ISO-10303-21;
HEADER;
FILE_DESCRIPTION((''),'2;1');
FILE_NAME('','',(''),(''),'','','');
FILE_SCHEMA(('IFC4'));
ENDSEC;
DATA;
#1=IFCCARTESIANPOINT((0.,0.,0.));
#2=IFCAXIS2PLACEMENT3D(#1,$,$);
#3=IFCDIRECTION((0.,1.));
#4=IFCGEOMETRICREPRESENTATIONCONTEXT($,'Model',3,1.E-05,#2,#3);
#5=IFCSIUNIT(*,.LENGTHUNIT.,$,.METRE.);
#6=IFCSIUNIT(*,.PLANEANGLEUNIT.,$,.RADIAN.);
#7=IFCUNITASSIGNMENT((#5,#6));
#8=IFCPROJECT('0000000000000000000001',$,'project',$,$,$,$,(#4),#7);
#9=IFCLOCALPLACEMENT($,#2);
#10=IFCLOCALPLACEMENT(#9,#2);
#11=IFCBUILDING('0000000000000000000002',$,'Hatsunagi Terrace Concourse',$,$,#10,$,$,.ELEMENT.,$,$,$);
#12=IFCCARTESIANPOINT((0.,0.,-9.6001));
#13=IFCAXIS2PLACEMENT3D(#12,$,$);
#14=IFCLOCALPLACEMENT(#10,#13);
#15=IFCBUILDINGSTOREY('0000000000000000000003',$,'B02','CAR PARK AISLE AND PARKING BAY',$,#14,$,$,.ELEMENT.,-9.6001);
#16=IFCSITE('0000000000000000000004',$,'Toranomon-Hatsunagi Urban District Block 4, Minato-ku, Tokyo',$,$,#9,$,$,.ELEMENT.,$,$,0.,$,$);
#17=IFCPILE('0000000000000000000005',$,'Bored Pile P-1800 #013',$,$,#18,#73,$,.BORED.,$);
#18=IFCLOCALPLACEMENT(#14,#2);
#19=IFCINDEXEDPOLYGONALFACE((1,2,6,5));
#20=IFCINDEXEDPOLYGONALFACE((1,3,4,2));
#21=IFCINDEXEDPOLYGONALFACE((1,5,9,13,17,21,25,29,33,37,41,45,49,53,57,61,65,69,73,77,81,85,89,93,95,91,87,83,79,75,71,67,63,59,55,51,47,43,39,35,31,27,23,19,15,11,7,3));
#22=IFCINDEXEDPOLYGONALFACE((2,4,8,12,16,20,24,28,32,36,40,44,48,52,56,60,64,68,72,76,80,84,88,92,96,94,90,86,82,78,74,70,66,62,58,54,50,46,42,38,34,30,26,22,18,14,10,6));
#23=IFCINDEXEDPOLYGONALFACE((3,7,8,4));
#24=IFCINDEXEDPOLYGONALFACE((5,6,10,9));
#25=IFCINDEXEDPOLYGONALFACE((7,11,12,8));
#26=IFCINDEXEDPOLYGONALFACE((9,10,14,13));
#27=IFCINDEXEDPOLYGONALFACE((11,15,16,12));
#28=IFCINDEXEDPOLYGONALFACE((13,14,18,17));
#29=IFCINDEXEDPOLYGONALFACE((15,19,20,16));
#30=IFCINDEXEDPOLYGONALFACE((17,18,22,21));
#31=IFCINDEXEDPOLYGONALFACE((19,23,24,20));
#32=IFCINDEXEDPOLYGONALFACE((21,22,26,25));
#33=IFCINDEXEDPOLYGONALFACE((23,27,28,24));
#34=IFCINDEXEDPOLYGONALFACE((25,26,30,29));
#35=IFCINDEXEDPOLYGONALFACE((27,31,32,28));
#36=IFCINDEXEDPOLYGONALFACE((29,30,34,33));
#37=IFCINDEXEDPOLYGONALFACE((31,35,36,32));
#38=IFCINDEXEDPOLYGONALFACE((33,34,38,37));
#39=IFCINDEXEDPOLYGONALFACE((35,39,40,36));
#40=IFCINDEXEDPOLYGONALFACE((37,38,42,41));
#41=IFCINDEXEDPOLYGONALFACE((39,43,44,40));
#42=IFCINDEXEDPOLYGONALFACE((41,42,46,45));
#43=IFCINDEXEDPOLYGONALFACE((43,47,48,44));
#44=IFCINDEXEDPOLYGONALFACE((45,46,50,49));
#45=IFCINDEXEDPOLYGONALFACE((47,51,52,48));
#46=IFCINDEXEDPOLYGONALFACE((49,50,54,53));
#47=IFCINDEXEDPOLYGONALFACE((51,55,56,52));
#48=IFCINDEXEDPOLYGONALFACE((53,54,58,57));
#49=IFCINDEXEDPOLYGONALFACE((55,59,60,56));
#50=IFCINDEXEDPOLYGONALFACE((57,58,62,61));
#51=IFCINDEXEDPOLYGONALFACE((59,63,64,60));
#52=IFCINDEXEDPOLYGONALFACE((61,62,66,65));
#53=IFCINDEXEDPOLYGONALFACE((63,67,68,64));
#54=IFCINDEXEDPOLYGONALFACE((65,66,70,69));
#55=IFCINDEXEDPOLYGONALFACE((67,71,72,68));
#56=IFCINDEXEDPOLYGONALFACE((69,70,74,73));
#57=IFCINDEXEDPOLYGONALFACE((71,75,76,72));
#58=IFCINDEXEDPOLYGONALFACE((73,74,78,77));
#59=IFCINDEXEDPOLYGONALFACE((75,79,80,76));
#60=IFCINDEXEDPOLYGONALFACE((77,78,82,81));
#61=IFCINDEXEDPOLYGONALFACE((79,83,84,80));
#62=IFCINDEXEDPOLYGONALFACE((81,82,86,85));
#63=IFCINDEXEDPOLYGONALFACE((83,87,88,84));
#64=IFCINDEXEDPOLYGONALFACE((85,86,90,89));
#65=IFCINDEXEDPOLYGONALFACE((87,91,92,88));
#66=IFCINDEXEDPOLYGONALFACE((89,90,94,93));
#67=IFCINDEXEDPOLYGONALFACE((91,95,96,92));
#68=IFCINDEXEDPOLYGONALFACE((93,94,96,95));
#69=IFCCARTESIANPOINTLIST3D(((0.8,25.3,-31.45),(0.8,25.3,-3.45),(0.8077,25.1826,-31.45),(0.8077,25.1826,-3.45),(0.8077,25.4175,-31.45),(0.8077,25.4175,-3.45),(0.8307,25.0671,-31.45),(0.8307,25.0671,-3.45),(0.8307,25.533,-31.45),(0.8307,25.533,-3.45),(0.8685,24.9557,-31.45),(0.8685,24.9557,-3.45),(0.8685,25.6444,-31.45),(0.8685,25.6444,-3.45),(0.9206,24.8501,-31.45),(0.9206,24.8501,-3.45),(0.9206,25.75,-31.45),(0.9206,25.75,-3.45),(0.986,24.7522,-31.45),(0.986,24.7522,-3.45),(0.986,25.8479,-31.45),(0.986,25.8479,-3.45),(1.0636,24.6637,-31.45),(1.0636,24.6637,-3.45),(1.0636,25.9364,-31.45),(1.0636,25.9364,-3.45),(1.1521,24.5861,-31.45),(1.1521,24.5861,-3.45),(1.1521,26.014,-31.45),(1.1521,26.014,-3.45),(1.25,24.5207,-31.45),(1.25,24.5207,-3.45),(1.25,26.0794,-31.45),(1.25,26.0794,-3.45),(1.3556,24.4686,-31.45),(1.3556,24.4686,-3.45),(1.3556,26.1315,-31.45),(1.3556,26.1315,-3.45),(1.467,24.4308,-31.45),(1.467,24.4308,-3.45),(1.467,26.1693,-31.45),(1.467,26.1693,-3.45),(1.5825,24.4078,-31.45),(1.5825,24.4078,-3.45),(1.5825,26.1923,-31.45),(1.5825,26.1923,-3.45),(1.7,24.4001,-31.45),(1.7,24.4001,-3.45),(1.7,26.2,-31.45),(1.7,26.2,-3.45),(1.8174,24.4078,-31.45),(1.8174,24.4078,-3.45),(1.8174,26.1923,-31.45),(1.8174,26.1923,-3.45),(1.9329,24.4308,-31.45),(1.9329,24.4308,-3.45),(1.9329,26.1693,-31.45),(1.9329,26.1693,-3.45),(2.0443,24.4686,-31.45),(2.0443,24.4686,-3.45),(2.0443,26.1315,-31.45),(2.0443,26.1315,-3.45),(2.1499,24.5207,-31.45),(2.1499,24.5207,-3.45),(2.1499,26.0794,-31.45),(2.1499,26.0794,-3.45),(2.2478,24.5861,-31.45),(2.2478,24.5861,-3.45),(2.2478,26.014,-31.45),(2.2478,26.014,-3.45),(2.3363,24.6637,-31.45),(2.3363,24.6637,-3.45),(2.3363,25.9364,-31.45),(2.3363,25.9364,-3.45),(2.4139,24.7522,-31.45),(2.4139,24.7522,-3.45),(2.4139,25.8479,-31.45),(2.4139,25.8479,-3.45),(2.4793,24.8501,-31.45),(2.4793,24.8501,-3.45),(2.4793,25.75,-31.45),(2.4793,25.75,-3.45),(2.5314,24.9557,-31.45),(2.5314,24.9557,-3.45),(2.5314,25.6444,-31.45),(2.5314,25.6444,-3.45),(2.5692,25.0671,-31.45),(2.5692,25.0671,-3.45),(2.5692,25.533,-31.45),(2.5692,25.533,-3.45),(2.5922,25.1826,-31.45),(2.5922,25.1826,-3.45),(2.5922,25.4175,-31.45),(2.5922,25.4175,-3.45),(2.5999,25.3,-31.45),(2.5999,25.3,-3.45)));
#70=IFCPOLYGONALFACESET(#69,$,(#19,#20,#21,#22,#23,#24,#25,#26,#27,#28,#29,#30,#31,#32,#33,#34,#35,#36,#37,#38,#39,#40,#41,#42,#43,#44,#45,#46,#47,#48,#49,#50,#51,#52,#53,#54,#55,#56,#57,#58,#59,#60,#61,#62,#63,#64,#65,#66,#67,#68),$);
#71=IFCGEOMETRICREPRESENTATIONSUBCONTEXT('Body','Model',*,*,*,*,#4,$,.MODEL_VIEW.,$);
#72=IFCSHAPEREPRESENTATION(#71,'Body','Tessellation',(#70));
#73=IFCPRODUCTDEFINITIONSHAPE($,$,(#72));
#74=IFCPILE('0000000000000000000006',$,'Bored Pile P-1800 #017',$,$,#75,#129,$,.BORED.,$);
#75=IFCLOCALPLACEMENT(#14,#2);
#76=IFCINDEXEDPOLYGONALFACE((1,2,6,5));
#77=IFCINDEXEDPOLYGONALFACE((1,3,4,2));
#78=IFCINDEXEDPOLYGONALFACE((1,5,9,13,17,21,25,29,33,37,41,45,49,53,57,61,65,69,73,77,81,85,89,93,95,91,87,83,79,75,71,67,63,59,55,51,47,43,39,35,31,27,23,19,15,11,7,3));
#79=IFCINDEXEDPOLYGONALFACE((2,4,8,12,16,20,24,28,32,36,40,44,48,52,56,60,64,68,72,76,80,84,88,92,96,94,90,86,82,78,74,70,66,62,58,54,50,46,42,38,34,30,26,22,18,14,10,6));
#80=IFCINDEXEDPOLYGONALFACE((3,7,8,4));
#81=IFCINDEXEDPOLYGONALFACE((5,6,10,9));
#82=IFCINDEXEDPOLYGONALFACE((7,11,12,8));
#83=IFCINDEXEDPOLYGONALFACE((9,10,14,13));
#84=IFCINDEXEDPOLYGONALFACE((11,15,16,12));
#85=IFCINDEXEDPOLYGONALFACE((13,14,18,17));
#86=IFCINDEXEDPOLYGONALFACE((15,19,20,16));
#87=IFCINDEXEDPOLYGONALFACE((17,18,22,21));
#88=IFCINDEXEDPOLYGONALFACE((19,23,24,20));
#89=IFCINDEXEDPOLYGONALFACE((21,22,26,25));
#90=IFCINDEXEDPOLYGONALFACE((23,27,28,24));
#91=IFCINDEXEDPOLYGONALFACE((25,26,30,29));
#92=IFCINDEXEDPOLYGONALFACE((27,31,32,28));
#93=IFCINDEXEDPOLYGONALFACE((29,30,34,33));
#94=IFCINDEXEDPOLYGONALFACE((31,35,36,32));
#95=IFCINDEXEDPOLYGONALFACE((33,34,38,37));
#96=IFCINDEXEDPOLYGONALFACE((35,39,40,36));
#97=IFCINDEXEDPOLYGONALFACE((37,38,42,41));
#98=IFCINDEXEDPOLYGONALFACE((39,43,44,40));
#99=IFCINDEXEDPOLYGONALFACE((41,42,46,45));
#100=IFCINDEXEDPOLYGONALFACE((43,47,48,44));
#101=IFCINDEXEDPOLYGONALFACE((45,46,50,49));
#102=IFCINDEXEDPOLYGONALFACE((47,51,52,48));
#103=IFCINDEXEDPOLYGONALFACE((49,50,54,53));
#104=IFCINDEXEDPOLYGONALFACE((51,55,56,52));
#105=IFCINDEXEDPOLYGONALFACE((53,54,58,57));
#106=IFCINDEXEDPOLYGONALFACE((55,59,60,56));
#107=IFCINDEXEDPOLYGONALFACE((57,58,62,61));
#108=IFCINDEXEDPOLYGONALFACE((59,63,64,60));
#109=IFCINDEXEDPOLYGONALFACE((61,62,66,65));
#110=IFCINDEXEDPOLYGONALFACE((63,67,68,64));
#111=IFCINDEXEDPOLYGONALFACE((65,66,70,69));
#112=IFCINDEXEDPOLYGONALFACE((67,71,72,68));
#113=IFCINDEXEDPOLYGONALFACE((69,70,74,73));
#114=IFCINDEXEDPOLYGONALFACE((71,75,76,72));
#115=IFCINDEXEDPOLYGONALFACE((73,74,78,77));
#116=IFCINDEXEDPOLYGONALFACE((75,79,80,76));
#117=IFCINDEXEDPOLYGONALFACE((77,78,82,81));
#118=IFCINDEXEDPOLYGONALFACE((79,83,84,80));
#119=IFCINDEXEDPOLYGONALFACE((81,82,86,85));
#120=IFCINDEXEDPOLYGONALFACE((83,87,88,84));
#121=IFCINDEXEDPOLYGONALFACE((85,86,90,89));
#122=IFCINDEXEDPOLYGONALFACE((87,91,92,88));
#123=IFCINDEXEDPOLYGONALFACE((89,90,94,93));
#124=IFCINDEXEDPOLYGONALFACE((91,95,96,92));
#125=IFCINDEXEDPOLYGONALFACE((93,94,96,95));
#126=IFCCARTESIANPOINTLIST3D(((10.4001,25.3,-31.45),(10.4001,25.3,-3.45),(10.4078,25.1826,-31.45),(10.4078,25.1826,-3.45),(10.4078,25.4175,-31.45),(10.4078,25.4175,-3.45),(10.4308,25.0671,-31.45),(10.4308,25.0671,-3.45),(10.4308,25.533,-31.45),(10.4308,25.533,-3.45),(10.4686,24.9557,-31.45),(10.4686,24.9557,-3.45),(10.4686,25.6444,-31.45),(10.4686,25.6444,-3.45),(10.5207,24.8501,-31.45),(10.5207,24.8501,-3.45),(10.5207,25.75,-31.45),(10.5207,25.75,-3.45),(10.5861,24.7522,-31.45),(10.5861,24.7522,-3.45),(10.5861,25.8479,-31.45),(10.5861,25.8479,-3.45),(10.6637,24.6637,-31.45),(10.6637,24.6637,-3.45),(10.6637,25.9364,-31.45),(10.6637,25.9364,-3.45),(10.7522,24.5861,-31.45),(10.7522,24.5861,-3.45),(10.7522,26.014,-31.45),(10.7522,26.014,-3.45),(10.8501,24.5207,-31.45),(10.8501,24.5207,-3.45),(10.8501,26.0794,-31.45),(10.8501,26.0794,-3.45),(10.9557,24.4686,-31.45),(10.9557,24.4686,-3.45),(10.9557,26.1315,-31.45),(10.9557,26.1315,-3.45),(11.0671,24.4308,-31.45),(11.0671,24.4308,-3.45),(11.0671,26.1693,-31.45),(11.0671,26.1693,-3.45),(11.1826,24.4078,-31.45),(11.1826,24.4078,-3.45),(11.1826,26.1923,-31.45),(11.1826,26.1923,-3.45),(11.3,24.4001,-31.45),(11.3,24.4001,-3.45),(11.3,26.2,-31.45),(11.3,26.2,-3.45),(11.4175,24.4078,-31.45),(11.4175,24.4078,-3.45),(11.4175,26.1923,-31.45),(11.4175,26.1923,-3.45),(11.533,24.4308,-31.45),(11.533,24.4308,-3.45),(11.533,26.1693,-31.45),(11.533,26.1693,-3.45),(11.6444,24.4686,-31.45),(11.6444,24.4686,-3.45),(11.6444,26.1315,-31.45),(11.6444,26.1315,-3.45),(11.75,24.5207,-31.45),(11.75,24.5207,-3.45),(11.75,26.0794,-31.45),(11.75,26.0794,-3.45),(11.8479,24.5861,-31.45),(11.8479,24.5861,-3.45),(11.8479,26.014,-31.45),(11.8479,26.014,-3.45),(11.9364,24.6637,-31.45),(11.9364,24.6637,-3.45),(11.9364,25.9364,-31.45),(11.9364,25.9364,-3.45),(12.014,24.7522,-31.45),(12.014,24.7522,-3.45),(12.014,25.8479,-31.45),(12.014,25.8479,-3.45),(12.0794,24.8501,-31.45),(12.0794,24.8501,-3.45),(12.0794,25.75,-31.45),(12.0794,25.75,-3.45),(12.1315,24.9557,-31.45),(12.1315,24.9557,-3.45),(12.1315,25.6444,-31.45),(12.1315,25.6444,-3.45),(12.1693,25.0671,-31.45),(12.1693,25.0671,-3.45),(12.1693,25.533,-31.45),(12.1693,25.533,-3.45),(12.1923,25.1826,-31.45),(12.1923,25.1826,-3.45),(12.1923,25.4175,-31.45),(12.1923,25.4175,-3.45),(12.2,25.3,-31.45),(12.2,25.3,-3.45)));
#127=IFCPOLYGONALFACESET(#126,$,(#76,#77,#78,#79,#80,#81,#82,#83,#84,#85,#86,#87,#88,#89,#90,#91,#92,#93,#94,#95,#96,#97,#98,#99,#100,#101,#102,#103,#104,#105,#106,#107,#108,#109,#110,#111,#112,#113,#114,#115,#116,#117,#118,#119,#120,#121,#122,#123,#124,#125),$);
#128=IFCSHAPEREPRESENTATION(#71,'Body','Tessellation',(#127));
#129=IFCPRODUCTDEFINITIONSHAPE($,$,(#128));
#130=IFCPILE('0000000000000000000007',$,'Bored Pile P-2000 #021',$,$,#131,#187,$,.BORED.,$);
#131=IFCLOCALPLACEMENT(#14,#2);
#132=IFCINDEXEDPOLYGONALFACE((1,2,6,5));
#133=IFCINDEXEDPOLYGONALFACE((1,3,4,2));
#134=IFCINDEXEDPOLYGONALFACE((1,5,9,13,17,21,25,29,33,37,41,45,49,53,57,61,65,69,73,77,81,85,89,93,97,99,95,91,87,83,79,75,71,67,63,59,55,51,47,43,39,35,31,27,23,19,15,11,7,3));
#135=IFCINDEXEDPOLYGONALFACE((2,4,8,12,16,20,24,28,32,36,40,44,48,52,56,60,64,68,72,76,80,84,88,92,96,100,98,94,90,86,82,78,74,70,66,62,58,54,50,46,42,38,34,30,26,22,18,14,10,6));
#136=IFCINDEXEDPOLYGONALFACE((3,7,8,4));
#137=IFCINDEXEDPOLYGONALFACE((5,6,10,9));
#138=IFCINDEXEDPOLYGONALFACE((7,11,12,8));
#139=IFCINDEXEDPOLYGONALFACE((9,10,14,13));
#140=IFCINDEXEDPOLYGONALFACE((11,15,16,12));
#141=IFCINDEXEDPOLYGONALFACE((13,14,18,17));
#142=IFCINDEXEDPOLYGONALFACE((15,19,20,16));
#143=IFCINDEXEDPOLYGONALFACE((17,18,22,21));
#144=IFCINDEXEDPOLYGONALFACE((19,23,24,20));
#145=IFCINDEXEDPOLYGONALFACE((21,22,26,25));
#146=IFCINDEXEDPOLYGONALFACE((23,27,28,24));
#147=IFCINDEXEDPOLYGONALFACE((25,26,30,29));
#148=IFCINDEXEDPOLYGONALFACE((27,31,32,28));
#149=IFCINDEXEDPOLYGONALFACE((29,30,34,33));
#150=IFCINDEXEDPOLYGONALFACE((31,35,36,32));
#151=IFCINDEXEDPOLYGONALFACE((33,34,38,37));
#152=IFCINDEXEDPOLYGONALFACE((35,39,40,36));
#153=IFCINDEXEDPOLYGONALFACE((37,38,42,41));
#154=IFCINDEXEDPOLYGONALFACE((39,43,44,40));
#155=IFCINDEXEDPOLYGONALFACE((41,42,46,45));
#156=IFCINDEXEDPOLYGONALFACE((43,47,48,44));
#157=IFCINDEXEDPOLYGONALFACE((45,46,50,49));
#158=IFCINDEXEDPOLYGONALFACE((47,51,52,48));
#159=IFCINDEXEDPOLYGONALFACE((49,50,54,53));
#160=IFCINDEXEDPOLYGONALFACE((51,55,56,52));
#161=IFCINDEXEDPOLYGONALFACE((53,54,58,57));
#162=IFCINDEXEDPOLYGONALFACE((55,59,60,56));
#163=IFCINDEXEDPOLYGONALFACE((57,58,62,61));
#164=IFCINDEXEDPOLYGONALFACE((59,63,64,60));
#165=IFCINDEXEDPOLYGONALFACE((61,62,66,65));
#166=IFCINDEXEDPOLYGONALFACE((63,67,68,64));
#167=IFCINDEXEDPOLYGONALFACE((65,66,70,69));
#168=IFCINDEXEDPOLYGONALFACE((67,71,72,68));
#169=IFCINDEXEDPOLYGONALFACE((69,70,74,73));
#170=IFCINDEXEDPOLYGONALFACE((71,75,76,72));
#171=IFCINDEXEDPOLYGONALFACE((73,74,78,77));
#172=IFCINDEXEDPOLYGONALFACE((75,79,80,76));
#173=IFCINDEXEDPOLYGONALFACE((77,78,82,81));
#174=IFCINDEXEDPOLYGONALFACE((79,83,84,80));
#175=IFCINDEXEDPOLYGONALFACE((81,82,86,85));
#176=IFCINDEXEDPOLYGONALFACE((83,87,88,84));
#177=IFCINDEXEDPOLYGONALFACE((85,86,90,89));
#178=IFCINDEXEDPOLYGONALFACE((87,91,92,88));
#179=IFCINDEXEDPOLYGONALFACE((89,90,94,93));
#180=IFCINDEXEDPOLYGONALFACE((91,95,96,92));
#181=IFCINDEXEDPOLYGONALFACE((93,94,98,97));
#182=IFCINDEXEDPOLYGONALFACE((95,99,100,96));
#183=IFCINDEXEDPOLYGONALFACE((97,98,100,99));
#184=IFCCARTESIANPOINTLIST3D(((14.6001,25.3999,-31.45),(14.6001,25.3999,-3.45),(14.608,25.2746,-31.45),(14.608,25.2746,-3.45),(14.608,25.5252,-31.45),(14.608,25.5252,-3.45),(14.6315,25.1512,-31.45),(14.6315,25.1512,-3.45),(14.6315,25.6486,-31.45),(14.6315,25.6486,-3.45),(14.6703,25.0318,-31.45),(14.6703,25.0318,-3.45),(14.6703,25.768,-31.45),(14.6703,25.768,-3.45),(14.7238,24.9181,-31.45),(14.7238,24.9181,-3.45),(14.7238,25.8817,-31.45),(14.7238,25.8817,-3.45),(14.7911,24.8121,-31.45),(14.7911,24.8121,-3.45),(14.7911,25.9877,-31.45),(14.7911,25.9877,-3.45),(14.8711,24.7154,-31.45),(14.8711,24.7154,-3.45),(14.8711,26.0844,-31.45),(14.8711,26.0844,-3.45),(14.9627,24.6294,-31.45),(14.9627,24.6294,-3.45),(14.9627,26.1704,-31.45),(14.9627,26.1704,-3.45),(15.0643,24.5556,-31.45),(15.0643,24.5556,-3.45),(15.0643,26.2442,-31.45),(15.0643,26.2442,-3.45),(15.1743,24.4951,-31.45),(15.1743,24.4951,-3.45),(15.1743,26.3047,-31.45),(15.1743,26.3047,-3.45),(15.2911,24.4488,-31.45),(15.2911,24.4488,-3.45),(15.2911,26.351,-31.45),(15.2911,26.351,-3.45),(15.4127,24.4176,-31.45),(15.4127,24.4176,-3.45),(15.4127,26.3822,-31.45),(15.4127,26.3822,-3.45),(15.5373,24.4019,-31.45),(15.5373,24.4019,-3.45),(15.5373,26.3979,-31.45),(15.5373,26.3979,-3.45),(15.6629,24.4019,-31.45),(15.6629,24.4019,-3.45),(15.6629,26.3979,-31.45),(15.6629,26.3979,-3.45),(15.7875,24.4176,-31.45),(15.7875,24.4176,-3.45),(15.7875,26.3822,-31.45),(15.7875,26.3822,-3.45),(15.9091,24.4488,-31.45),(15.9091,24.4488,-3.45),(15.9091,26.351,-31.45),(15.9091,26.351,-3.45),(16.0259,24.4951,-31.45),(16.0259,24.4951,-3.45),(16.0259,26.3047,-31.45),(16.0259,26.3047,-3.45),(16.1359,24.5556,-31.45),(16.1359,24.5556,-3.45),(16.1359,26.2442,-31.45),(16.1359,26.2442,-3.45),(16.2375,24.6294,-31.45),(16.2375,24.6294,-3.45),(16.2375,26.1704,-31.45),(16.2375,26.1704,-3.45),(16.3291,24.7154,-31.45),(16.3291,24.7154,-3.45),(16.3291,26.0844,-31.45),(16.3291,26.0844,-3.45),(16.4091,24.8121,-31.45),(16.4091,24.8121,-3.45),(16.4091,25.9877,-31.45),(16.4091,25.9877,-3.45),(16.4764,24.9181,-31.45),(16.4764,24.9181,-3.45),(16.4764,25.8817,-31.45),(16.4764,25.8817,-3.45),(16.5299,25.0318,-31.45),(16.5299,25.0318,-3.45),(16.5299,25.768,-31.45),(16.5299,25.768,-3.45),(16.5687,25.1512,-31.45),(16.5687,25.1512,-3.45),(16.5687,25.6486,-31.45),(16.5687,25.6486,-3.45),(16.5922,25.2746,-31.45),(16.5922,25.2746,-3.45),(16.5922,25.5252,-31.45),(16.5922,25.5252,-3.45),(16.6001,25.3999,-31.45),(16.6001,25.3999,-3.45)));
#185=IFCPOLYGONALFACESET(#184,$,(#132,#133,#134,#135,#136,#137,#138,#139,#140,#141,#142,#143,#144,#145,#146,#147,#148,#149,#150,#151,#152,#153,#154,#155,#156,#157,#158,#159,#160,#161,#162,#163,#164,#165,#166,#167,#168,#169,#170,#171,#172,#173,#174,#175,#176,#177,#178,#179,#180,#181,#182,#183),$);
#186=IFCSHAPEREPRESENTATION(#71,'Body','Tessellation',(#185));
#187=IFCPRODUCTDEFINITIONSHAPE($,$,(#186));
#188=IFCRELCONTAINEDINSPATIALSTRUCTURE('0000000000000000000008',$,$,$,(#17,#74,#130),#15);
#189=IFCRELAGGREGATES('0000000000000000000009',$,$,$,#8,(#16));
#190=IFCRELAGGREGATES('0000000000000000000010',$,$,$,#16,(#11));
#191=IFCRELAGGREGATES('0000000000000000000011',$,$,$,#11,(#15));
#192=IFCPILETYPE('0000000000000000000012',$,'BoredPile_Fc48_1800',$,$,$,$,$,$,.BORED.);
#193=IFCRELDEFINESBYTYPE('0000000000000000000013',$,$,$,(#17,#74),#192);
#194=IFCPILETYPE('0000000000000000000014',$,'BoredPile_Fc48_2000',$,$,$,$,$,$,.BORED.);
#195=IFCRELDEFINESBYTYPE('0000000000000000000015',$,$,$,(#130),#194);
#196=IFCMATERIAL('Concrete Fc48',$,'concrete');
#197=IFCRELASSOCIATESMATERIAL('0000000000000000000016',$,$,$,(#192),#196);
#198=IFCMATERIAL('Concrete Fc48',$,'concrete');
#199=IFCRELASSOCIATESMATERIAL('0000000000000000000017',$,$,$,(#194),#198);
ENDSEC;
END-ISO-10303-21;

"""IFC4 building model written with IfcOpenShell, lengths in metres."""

from ifc_helpers import new_model, si_unit, direction, frame, origin, origin_2d, place, context, subcontext, project, spatial, circle, extrude, material, material_profile, profile_set, type_object, element, save


model = new_model("IFC4")

# Units and contexts
model_context = context("Model", 3, precision=1e-05, world=origin(), true_north=direction((0.0, 1.0)))
body_context = subcontext(model_context, "Body", "Model", "MODEL_VIEW")
ifc_project = project(units=[si_unit("LENGTHUNIT", "METRE"), si_unit("PLANEANGLEUNIT", "RADIAN")], contexts=[model_context])

# Site, building, storey
site_placement = place(None, origin())
site = spatial("IfcSite", under=ifc_project, at=site_placement, Name="Toranomon-Hatsunagi Urban District Block 4, Minato-ku, Tokyo", CompositionType="ELEMENT", RefElevation=0.0)
building_placement = place(site_placement, origin())
building = spatial("IfcBuilding", under=site, at=building_placement, Name="Hatsunagi Terrace Concourse", CompositionType="ELEMENT")
storey_placement = place(building_placement, frame((0.0, 0.0, -9.6001)))
storey = spatial("IfcBuildingStorey", under=building, at=storey_placement, Name="B02", Description="CAR PARK AISLE AND PARKING BAY", CompositionType="ELEMENT", Elevation=-9.6001)

# Piles
ifc_material_1 = material(Name="Concrete Fc48", Category="concrete")
ifc_material_profile_1 = material_profile(ifc_material_1, circle(Radius=0.8999, at=origin_2d()), Name="PILE-1800")
ifc_profile_set_1 = profile_set([ifc_material_profile_1], Name="Concrete Fc48")
pile_type_1 = type_object("IfcPileType", Name="BoredPile_Fc48_1800", PredefinedType="BORED", material=ifc_profile_set_1)
for number, where, z_axis, x_axis, name in (
    (1, (1.7, 25.3, -3.45), (0.0, 0.0, -1.0), (1.0, 0.0, 0.0), "Bored Pile P-1800 #013"),
    (2, (11.3, 25.3, -3.45), (0.0, 0.0, -1.0), (1.0, 0.0, 0.0), "Bored Pile P-1800 #017"),
):
    element("IfcPile", number, at=place(storey_placement, frame(where, z_axis=z_axis, x_axis=x_axis)), inside=storey, type_object=pile_type_1, Name=name, PredefinedType="BORED", context=body_context, shape_type="SweptSolid", body=[
        extrude(circle(Radius=0.8999, at=origin_2d()), origin(), (0.0, 0.0, 1.0), 28.0),
    ])
ifc_material_2 = material(Name="Concrete Fc48", Category="concrete")
ifc_material_profile_2 = material_profile(ifc_material_2, circle(Radius=1.0, at=origin_2d()), Name="PILE-2000")
ifc_profile_set_2 = profile_set([ifc_material_profile_2], Name="Concrete Fc48")
pile_type_2 = type_object("IfcPileType", Name="BoredPile_Fc48_2000", PredefinedType="BORED", material=ifc_profile_set_2)
for number, where, z_axis, x_axis, name in (
    (3, (15.6001, 25.3999, -3.45), (0.0, 0.0, -1.0), (1.0, 0.0, 0.0), "Bored Pile P-2000 #021"),
):
    element("IfcPile", number, at=place(storey_placement, frame(where, z_axis=z_axis, x_axis=x_axis)), inside=storey, type_object=pile_type_2, Name=name, PredefinedType="BORED", context=body_context, shape_type="SweptSolid", body=[
        extrude(circle(Radius=1.0, at=origin_2d()), origin(), (0.0, 0.0, 1.0), 28.0),
    ])

save(model, "model.ifc")
